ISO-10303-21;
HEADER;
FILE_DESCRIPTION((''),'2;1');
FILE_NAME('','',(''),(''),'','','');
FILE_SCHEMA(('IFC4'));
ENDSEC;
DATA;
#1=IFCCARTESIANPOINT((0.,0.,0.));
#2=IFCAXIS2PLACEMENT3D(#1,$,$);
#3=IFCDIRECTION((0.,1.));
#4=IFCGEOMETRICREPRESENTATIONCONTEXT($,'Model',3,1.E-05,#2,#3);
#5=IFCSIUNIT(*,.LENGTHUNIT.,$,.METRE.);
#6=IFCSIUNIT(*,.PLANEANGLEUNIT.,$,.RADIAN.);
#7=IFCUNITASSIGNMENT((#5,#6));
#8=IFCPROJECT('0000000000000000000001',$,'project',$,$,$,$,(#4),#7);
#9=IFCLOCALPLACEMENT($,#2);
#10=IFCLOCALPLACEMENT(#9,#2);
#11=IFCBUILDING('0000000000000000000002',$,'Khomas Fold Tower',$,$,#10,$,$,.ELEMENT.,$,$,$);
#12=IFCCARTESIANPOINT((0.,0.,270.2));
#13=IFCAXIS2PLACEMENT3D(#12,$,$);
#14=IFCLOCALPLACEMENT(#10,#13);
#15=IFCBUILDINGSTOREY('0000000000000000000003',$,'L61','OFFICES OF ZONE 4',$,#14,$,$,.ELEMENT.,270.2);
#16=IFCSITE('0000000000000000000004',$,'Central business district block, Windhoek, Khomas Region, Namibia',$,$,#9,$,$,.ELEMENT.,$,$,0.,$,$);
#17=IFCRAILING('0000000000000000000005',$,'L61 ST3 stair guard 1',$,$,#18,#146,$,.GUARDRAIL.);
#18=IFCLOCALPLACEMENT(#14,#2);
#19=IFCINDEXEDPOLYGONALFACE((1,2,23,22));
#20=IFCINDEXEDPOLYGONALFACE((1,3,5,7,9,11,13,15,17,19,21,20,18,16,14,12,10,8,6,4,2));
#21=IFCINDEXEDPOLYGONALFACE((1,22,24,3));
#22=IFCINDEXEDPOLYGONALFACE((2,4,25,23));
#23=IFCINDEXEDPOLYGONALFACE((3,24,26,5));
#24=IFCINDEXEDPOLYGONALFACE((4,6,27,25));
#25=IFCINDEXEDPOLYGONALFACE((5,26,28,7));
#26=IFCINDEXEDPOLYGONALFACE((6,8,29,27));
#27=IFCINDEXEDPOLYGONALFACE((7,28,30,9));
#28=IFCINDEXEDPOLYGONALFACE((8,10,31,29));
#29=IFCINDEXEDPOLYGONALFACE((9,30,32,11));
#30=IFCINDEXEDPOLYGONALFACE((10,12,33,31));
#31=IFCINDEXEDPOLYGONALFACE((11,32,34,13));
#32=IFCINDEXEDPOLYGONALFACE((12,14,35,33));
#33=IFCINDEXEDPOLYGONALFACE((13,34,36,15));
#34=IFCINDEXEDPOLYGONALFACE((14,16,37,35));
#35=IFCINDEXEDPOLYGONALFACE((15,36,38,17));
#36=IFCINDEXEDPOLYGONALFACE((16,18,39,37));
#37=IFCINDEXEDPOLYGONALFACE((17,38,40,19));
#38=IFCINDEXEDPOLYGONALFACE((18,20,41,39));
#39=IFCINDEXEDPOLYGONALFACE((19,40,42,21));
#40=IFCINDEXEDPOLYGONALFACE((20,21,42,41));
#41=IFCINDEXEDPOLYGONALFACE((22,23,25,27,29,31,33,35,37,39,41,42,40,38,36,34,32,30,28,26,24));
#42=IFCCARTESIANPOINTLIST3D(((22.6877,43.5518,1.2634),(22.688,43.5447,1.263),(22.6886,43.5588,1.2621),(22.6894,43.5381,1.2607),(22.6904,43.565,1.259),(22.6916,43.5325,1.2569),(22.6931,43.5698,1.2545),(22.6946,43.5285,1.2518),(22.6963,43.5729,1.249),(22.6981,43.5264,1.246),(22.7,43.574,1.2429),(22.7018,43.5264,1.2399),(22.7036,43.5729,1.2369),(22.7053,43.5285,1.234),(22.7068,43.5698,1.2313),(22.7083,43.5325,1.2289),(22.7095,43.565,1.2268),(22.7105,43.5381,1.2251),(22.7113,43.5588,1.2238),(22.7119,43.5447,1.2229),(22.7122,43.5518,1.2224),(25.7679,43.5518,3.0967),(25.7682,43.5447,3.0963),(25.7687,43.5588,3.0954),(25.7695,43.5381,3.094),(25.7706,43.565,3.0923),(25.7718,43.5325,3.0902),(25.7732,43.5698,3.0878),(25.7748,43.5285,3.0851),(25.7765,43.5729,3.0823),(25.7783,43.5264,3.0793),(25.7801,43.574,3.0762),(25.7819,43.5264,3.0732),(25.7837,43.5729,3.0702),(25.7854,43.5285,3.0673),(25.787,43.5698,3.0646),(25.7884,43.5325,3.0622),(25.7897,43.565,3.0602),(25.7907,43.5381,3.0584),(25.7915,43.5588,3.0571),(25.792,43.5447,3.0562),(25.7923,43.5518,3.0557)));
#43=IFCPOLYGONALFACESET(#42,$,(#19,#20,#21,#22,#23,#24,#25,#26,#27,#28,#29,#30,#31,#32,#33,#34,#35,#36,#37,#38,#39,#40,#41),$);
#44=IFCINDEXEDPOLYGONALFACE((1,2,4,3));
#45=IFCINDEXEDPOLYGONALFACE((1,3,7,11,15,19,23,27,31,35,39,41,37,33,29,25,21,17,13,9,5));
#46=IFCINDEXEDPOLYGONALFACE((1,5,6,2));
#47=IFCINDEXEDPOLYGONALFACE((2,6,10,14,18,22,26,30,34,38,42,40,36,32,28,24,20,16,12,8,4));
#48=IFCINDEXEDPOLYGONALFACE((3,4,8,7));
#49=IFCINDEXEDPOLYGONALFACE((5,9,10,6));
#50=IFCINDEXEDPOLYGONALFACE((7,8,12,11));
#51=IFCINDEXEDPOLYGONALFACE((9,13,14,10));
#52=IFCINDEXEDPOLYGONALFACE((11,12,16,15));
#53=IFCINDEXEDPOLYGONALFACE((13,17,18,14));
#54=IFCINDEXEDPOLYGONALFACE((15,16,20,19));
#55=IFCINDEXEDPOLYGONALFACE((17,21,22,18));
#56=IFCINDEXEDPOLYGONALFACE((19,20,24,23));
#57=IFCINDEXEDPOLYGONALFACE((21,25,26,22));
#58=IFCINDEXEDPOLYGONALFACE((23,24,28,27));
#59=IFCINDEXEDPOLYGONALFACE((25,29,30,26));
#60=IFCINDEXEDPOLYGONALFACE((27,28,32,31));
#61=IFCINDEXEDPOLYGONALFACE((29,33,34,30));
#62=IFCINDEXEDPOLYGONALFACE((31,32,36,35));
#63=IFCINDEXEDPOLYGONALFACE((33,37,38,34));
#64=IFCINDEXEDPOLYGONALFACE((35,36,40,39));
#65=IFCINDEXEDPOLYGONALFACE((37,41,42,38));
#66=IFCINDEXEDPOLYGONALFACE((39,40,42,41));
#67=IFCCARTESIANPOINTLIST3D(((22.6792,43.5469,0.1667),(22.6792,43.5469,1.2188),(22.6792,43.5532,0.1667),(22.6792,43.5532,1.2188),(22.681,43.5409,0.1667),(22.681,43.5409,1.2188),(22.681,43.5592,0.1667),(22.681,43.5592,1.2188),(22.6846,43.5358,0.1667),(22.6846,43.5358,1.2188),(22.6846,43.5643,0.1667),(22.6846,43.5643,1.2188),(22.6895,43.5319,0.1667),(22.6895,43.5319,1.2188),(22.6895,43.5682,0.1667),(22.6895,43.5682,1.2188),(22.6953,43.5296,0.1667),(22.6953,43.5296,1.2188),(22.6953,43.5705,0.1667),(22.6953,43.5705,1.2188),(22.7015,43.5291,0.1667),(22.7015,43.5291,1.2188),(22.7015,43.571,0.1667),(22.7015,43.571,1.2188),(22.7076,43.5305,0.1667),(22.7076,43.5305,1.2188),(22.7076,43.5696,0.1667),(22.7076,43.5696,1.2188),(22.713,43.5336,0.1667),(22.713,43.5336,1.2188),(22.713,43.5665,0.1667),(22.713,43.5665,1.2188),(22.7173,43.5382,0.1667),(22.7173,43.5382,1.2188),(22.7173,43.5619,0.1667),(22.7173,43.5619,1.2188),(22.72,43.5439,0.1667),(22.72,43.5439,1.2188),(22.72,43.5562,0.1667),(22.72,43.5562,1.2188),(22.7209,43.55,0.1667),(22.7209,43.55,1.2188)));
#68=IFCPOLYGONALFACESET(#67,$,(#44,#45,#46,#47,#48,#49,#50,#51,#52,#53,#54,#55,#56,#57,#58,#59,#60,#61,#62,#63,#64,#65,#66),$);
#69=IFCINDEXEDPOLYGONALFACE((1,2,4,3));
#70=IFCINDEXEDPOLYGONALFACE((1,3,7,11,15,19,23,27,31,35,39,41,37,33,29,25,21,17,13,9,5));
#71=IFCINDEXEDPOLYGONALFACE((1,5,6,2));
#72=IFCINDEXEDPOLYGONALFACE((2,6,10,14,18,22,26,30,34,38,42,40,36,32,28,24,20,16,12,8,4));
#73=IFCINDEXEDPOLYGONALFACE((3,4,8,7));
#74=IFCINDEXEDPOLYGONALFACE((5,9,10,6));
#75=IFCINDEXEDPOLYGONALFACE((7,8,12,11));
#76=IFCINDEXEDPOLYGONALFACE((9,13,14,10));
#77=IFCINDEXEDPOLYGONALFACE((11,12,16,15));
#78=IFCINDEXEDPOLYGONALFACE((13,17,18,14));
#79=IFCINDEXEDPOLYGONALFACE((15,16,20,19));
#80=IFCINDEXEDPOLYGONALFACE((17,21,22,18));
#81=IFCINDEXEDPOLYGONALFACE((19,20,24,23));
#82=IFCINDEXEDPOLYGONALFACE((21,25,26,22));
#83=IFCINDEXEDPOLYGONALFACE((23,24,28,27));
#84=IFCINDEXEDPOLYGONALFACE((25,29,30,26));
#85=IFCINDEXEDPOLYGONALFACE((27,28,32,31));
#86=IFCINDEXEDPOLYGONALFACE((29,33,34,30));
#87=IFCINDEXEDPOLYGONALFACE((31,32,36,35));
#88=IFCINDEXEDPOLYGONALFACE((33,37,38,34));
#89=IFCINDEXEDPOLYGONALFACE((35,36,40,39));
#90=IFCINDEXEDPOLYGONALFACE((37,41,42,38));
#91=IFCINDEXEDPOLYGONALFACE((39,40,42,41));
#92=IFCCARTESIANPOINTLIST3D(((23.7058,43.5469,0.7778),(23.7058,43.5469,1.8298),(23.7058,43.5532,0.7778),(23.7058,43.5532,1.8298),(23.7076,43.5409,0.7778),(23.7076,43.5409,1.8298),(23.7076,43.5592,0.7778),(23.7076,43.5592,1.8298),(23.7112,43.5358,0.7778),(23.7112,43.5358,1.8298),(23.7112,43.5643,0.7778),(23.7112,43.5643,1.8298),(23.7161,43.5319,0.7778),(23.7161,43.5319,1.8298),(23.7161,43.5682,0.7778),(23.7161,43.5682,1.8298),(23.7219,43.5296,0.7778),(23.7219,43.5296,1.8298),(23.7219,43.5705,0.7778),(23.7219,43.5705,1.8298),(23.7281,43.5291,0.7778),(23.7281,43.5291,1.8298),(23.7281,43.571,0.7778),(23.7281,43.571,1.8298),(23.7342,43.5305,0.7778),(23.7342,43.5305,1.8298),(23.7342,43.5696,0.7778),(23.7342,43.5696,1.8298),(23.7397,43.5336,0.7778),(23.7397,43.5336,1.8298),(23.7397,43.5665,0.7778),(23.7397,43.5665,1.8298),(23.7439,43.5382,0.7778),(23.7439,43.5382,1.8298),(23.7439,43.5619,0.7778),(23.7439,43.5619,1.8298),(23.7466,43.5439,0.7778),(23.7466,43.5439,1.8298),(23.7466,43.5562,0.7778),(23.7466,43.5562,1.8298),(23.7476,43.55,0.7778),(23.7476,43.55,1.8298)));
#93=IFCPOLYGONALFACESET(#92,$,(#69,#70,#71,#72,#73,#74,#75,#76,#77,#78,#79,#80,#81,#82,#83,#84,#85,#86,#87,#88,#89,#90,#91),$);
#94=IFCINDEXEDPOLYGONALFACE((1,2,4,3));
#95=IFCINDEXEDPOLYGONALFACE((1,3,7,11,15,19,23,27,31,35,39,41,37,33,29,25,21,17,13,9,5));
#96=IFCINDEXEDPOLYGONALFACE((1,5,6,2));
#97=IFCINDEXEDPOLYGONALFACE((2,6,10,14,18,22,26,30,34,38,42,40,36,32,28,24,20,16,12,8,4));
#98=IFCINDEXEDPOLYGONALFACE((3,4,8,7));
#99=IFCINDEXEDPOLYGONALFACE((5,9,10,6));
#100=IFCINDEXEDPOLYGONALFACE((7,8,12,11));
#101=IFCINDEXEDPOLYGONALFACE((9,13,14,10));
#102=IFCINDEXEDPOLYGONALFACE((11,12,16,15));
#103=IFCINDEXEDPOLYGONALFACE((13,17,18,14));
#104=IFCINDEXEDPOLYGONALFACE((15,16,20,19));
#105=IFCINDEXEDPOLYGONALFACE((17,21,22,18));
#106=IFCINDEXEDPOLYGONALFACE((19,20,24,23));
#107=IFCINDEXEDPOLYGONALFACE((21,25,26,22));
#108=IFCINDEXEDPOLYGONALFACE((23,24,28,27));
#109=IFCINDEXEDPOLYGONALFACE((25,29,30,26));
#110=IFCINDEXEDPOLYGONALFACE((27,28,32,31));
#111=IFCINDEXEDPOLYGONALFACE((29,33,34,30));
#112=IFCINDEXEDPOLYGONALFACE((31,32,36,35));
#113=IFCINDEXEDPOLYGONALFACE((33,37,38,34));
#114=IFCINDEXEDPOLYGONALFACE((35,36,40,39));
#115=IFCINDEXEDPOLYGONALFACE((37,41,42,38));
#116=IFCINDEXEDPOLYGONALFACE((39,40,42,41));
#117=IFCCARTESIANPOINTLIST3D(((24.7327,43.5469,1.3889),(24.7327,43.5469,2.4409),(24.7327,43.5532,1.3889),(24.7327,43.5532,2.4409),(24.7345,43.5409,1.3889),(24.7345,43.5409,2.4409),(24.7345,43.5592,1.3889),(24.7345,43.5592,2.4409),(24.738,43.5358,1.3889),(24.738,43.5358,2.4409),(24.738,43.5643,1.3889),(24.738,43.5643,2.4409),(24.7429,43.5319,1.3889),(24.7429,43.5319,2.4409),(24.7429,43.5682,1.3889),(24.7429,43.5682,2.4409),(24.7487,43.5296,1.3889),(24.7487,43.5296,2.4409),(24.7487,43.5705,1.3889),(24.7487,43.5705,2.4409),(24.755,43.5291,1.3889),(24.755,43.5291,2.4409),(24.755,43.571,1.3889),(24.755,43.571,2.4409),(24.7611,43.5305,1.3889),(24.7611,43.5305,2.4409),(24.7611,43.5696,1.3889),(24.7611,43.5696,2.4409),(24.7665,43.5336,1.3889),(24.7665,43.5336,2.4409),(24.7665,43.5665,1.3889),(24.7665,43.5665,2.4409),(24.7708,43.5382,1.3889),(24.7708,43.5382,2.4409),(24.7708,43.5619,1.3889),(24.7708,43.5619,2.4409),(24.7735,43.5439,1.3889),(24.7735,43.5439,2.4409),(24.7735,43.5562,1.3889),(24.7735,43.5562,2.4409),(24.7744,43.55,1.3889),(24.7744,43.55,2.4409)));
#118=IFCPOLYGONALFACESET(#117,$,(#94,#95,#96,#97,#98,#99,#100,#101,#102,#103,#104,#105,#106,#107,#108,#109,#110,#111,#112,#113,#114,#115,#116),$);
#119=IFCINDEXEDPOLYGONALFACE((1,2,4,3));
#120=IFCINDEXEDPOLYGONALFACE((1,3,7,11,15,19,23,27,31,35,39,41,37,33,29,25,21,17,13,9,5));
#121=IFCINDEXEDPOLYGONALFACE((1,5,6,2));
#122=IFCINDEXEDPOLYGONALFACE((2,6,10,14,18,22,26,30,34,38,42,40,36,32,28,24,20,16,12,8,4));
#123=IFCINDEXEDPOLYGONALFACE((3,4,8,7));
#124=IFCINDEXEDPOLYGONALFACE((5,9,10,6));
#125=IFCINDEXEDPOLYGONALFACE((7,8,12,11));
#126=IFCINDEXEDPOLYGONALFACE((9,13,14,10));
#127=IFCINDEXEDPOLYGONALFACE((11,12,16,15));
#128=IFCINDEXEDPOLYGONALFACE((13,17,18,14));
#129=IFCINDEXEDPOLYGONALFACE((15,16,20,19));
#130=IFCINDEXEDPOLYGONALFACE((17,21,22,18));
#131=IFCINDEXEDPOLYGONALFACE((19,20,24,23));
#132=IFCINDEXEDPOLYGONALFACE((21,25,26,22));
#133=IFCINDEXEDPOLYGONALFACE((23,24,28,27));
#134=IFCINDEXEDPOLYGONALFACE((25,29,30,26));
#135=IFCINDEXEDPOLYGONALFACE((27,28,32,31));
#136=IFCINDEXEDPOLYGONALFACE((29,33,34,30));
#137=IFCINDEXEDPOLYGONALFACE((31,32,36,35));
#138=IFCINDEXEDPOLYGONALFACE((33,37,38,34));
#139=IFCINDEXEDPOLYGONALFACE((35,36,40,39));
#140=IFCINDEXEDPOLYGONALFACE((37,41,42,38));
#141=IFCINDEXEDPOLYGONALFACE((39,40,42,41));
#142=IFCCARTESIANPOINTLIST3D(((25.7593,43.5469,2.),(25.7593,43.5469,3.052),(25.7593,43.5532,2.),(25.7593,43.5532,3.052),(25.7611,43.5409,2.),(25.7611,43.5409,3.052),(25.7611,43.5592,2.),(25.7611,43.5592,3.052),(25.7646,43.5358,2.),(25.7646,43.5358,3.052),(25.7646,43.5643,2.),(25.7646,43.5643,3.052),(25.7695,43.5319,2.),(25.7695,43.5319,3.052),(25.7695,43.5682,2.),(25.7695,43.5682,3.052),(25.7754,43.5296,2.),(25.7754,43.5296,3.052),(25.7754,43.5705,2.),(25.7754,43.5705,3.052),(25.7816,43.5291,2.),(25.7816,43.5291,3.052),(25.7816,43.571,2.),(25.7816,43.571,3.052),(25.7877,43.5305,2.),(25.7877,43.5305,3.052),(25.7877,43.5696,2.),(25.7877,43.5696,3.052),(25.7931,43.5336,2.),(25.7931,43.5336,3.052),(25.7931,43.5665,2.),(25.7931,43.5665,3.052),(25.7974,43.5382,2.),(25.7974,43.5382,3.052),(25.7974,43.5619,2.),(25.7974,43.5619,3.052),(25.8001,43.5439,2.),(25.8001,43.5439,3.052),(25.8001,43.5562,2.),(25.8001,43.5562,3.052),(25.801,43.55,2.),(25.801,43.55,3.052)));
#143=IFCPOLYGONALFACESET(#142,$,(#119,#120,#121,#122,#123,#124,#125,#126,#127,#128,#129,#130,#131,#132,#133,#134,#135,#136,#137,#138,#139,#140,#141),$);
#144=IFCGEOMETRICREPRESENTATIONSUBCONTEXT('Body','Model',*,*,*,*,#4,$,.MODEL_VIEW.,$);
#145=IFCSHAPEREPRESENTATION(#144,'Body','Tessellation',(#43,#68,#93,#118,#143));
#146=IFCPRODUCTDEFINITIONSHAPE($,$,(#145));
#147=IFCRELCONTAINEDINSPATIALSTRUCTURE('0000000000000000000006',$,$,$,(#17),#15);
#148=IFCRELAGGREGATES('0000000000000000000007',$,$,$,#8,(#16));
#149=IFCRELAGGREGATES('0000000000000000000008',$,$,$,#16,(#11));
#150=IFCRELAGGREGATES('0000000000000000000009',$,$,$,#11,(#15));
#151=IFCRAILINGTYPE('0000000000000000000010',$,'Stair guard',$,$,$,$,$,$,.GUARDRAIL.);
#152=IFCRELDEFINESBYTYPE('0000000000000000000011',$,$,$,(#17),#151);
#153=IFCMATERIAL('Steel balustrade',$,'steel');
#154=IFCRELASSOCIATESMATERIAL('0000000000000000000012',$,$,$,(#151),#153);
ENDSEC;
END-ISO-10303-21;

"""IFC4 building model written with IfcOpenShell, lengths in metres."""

from ifc_helpers import new_model, si_unit, direction, frame, origin, origin_2d, place, context, subcontext, project, spatial, circle, extrude, source, transform, mapped, material, type_object, element, save


model = new_model("IFC4")

# Units and contexts
model_context = context("Model", 3, precision=1e-05, world=origin(), true_north=direction((0.0, 1.0)))
body_context = subcontext(model_context, "Body", "Model", "MODEL_VIEW")
ifc_project = project(units=[si_unit("LENGTHUNIT", "METRE"), si_unit("PLANEANGLEUNIT", "RADIAN")], contexts=[model_context])

# Site, building, storey
site_placement = place(None, origin())
site = spatial("IfcSite", under=ifc_project, at=site_placement, Name="Central business district block, Windhoek, Khomas Region, Namibia", CompositionType="ELEMENT", RefElevation=0.0)
building_placement = place(site_placement, origin())
building = spatial("IfcBuilding", under=site, at=building_placement, Name="Khomas Fold Tower", CompositionType="ELEMENT")
storey_placement = place(building_placement, frame((0.0, 0.0, 270.2)))
storey = spatial("IfcBuildingStorey", under=building, at=storey_placement, Name="L61", Description="OFFICES OF ZONE 4", CompositionType="ELEMENT", Elevation=270.2)

# Railing
ifc_material_1 = material(Name="Steel balustrade", Category="steel")
railing_type_1 = type_object("IfcRailingType", Name="Stair guard", PredefinedType="GUARDRAIL", material=ifc_material_1)
shared_shape_1 = source(origin(), body_context, "Body", "SweptSolid", [
    extrude(circle(Radius=0.0239, at=origin_2d()), frame((0.0, 0.0, 1.0762), z_axis=(0.859309, 0.0, 0.511458), x_axis=(0.0, 1.0, 0.0)), (0.0, 0.0, 1.0), 3.5845),
    extrude(circle(Radius=0.021, at=origin_2d()), origin(), (0.0, 0.0, 1.0), 1.052),
    extrude(circle(Radius=0.021, at=origin_2d()), frame((1.0266, 0.0, 0.6111)), (0.0, 0.0, 1.0), 1.052),
    extrude(circle(Radius=0.021, at=origin_2d()), frame((2.0535, 0.0, 1.2222)), (0.0, 0.0, 1.0), 1.052),
    extrude(circle(Radius=0.021, at=origin_2d()), frame((3.0801, 0.0, 1.8333)), (0.0, 0.0, 1.0), 1.052),
])
railing_1_placement = place(storey_placement, frame((22.7, 43.55, 0.1667)))
element("IfcRailing", 1, at=railing_1_placement, inside=storey, type_object=railing_type_1, Name="L61 ST3 stair guard 1", PredefinedType="GUARDRAIL", context=body_context, shape_type="MappedRepresentation", body=[
    mapped(shared_shape_1, transform((0.0, 0.0, 0.0))),
])

save(model, "model.ifc")
